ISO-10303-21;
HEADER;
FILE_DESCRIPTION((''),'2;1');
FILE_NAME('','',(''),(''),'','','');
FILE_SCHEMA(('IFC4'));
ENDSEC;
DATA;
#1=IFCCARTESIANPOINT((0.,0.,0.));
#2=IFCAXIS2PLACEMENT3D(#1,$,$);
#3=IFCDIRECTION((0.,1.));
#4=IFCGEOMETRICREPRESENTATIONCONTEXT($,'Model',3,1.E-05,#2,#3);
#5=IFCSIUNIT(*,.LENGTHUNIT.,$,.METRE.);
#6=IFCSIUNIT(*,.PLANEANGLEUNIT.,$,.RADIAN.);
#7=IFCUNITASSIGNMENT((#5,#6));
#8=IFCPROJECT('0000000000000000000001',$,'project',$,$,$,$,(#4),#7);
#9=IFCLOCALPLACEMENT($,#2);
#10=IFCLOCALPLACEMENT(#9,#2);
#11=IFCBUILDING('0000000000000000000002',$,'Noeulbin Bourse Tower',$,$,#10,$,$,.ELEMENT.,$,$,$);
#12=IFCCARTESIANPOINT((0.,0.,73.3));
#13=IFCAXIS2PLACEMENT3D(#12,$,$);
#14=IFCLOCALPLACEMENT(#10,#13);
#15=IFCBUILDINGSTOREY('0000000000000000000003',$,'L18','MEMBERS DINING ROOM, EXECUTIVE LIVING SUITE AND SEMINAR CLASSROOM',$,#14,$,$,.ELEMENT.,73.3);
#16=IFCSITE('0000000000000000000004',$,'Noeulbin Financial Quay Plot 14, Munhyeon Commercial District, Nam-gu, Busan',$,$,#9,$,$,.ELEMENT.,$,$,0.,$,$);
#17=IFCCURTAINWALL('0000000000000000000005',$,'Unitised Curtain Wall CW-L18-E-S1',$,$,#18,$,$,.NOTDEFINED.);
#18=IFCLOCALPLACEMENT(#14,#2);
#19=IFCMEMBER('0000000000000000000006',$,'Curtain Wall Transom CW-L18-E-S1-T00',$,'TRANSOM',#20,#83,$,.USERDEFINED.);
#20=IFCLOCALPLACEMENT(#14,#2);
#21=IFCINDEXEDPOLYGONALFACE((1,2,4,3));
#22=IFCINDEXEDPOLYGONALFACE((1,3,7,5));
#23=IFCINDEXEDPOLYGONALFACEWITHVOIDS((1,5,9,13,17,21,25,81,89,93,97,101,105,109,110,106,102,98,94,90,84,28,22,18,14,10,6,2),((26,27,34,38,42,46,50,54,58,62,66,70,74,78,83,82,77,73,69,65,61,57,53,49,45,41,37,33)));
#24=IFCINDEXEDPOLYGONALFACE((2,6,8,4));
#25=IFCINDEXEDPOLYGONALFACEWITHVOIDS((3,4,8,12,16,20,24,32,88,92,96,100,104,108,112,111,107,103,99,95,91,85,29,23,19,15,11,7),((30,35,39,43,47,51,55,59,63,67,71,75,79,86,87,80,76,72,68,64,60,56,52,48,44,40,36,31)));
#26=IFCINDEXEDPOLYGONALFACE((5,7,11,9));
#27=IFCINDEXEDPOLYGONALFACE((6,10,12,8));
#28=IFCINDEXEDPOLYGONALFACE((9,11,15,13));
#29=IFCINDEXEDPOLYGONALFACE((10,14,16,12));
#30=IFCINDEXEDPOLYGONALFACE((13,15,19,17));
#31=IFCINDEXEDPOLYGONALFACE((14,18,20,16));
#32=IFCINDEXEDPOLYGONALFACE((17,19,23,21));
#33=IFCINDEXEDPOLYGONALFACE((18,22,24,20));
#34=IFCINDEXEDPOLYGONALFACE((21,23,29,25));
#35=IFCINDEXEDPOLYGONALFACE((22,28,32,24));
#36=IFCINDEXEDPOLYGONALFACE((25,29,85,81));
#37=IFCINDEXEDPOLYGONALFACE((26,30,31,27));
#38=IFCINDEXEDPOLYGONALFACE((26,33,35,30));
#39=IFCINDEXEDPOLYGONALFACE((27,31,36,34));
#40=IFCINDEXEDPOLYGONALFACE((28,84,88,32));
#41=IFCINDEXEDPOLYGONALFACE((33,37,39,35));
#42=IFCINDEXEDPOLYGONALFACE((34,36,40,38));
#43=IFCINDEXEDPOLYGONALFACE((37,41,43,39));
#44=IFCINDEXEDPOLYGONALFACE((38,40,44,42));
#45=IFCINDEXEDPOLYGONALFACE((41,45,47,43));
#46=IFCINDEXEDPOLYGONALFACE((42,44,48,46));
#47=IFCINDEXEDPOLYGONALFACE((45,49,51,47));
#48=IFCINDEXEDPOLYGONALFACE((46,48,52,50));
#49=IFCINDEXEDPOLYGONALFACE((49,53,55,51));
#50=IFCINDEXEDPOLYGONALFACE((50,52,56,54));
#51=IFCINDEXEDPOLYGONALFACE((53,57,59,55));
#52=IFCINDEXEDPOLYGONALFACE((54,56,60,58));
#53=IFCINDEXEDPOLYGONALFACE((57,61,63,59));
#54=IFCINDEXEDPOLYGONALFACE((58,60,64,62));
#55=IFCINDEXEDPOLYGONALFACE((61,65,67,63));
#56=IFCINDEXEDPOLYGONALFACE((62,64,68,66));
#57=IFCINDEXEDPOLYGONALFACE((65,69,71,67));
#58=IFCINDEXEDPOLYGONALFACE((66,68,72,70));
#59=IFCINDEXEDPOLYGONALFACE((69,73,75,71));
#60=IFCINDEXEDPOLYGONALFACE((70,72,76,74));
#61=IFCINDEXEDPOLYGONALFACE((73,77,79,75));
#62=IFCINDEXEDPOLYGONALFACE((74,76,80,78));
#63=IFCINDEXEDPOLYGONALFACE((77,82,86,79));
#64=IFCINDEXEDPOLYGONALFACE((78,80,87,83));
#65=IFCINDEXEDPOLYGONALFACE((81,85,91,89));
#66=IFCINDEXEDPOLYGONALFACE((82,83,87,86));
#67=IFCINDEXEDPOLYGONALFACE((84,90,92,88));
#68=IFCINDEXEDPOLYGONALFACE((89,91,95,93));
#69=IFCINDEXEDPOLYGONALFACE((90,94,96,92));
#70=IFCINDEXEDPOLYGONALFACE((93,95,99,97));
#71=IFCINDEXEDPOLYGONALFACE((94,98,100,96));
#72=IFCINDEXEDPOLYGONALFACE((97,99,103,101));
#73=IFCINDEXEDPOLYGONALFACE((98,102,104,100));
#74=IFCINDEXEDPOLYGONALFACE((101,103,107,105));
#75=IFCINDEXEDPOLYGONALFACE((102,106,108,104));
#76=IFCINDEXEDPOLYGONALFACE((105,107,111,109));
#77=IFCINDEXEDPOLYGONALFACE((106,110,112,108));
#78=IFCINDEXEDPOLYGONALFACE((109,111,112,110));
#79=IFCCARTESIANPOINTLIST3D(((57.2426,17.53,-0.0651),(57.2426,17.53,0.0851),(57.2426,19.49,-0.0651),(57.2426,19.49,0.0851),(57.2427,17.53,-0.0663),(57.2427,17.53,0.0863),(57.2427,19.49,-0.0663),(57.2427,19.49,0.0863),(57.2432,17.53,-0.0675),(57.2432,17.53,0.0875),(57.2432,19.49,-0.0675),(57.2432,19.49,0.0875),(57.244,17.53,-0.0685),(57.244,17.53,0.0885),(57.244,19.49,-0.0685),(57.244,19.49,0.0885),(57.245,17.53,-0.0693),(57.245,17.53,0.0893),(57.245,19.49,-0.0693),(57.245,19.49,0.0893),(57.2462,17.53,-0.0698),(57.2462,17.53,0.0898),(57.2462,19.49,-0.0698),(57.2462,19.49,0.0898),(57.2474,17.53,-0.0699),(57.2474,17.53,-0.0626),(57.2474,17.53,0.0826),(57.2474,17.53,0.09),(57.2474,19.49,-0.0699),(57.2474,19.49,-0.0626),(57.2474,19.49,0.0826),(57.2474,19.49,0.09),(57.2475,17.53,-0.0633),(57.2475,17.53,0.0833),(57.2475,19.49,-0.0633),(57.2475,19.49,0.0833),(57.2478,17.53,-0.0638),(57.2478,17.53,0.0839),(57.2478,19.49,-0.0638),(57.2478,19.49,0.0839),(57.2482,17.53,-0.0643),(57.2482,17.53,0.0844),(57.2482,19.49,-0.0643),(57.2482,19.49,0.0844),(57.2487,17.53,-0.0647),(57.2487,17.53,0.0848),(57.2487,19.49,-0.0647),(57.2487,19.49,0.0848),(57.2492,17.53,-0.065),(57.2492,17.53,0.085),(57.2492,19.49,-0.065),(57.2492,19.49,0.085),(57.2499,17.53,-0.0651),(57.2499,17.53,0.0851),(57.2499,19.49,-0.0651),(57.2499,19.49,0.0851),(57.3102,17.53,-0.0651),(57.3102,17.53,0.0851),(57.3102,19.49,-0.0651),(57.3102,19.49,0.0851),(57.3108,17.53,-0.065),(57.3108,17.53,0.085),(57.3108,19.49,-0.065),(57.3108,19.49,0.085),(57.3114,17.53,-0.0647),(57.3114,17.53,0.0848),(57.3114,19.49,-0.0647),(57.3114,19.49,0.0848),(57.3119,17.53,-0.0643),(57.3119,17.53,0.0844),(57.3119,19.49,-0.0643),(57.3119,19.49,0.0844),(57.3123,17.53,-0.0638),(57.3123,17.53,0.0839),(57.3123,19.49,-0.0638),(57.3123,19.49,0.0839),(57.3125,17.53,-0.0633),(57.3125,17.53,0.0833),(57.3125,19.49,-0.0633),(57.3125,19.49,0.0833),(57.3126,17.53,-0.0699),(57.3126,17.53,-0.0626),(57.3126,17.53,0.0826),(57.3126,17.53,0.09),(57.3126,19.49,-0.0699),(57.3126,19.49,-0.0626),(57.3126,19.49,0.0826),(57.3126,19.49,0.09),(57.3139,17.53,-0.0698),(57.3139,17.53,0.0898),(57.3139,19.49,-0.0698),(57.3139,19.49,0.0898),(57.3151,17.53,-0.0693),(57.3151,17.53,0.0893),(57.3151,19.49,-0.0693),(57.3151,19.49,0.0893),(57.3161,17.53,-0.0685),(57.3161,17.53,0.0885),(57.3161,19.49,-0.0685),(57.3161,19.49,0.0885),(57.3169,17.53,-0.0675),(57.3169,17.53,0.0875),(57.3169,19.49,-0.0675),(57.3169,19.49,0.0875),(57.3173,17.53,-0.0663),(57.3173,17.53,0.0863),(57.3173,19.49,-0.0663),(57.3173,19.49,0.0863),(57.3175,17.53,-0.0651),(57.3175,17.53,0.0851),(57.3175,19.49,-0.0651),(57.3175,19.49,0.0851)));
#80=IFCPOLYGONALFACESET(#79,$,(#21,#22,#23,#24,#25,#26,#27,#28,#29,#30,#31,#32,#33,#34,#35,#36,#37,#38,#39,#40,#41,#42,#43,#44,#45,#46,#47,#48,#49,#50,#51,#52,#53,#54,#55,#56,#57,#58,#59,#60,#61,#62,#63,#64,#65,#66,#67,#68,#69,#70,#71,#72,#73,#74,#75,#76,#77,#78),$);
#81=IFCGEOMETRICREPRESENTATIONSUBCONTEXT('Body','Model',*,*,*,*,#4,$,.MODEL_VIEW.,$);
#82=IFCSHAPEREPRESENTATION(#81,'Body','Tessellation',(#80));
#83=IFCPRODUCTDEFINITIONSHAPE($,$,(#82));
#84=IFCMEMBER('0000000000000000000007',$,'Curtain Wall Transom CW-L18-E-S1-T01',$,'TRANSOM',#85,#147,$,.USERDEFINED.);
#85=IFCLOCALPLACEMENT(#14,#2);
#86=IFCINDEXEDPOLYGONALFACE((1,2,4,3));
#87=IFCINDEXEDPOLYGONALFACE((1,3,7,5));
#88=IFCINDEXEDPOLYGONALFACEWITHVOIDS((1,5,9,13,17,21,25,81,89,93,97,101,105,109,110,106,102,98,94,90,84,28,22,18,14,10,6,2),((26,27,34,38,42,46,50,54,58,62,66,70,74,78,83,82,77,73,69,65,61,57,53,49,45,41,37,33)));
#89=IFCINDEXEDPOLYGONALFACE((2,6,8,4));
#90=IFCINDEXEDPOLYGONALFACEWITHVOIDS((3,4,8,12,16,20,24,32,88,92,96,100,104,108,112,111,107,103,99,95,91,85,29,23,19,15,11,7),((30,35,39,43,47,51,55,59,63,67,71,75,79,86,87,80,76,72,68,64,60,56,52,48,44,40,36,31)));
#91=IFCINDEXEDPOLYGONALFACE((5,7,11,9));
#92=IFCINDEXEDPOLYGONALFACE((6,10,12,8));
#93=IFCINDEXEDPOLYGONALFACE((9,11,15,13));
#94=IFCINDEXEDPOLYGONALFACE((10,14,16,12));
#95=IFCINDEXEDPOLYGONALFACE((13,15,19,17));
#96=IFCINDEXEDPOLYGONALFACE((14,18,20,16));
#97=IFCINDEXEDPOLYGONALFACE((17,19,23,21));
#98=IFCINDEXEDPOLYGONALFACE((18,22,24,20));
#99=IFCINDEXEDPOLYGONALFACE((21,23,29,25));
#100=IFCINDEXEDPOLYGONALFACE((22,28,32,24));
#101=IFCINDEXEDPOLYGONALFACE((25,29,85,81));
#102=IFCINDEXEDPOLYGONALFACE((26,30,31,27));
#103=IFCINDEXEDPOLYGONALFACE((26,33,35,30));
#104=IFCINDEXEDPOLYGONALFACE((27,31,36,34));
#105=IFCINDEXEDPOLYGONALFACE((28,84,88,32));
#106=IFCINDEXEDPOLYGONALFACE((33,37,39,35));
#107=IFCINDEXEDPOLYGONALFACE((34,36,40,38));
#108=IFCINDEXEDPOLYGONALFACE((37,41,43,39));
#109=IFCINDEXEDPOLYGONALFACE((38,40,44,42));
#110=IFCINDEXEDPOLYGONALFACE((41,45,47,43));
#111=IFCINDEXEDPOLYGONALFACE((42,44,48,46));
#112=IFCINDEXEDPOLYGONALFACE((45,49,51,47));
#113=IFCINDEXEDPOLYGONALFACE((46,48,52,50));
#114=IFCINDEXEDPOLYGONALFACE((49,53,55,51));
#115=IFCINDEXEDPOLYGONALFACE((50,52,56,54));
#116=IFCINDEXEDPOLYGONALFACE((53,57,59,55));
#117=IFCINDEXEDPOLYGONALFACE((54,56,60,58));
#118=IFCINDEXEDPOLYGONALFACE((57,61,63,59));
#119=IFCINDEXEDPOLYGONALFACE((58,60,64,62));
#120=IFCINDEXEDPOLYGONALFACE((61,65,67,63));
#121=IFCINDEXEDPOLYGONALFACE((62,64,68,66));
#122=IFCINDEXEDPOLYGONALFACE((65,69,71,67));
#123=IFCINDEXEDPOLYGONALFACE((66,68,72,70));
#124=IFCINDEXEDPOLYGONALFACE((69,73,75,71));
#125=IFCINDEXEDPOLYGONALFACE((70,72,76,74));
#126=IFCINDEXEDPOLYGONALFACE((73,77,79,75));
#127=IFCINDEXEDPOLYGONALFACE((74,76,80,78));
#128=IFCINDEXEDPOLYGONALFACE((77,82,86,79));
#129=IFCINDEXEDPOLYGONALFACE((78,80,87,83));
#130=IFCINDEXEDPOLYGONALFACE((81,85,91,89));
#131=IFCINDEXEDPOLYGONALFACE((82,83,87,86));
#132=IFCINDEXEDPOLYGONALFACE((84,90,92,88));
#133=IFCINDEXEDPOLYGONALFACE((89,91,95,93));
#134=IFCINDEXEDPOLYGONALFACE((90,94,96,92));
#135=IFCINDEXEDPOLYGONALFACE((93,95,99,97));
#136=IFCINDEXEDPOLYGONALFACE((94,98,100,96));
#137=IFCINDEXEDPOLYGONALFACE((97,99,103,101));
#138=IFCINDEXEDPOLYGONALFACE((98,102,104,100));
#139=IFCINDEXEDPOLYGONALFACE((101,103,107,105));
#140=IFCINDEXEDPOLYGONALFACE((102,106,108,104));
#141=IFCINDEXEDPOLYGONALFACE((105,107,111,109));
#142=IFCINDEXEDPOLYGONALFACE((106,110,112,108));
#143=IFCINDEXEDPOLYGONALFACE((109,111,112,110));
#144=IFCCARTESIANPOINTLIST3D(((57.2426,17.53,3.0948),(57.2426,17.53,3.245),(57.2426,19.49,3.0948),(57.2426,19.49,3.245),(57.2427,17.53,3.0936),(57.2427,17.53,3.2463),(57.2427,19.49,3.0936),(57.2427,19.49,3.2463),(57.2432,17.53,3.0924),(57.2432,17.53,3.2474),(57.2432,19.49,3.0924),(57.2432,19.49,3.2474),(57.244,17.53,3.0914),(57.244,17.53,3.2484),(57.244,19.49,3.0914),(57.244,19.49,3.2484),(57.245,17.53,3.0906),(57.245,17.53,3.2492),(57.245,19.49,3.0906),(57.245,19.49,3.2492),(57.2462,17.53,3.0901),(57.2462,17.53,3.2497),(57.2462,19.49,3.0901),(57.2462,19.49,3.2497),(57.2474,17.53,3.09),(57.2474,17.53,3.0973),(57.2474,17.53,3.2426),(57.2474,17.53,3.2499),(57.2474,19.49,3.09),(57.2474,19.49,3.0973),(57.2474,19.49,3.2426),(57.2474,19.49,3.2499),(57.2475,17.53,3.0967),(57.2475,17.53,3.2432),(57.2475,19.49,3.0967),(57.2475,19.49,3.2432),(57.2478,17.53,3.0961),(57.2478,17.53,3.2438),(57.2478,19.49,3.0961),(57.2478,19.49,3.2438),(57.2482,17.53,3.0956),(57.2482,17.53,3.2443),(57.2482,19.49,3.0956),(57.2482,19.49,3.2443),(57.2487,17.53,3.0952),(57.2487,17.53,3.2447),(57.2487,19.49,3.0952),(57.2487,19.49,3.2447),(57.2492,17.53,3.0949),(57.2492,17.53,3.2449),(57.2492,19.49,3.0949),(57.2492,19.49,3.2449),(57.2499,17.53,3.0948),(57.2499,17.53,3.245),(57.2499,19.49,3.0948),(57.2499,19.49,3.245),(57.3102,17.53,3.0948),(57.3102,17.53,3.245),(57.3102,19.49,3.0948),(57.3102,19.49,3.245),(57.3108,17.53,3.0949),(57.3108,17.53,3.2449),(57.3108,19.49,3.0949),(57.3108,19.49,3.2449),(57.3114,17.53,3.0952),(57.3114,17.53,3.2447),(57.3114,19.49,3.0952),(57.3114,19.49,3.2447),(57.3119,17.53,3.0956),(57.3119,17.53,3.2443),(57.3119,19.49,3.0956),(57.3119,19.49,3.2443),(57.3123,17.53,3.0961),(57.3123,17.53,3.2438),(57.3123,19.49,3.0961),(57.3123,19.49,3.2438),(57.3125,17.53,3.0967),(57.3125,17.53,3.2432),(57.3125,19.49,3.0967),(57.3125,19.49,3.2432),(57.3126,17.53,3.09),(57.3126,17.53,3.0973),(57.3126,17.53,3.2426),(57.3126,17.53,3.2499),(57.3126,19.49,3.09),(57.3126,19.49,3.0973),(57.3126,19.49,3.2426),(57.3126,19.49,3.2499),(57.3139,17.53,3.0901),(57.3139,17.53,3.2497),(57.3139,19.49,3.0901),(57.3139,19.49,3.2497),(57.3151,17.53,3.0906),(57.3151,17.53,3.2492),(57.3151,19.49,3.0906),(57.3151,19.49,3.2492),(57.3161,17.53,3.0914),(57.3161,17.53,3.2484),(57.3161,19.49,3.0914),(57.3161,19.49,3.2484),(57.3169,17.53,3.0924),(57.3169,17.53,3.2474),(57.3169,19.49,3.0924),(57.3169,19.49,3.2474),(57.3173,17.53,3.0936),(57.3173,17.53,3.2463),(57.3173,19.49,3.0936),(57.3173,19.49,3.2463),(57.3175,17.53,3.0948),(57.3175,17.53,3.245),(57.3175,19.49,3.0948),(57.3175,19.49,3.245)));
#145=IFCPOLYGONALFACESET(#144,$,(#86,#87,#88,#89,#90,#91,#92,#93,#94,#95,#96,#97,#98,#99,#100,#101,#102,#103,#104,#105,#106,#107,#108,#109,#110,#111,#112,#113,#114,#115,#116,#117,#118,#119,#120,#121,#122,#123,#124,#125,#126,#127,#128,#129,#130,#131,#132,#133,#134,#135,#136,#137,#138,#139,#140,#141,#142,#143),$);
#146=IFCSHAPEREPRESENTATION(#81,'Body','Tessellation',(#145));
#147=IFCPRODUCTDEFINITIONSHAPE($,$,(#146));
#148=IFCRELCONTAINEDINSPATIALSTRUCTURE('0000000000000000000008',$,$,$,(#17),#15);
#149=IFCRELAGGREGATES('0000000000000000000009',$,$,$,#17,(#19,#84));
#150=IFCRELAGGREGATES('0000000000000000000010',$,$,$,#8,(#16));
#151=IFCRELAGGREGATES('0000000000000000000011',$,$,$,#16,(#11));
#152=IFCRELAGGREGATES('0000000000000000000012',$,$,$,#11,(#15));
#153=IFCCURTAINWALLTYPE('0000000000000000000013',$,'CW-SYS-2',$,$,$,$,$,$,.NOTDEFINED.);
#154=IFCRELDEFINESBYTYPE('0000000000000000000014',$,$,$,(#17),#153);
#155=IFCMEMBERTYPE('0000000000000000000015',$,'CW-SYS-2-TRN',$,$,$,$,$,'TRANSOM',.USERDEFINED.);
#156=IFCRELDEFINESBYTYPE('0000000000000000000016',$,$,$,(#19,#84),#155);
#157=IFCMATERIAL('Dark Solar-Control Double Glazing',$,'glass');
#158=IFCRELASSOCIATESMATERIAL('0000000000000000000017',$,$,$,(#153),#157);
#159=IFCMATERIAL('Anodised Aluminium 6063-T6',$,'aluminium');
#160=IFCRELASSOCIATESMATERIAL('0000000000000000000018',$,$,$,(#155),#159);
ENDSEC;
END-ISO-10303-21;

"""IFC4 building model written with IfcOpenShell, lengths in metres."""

from ifc_helpers import new_model, si_unit, direction, frame, origin, origin_2d, place, context, subcontext, project, spatial, hollow_rectangle, extrude, material, material_profile, profile_set, type_object, element, aggregate, save


model = new_model("IFC4")

# Units and contexts
model_context = context("Model", 3, precision=1e-05, world=origin(), true_north=direction((0.0, 1.0)))
body_context = subcontext(model_context, "Body", "Model", "MODEL_VIEW")
ifc_project = project(units=[si_unit("LENGTHUNIT", "METRE"), si_unit("PLANEANGLEUNIT", "RADIAN")], contexts=[model_context])

# Site, building, storey
site_placement = place(None, origin())
site = spatial("IfcSite", under=ifc_project, at=site_placement, Name="Noeulbin Financial Quay Plot 14, Munhyeon Commercial District, Nam-gu, Busan", CompositionType="ELEMENT", RefElevation=0.0)
building_placement = place(site_placement, origin())
building = spatial("IfcBuilding", under=site, at=building_placement, Name="Noeulbin Bourse Tower", CompositionType="ELEMENT")
storey_placement = place(building_placement, frame((0.0, 0.0, 73.3)))
storey = spatial("IfcBuildingStorey", under=building, at=storey_placement, Name="L18", Description="MEMBERS DINING ROOM, EXECUTIVE LIVING SUITE AND SEMINAR CLASSROOM", CompositionType="ELEMENT", Elevation=73.3)

# Curtain wall
ifc_material_1 = material(Name="Dark Solar-Control Double Glazing", Category="glass")
curtain_wall_type = type_object("IfcCurtainWallType", Name="CW-SYS-2", PredefinedType="NOTDEFINED", material=ifc_material_1)
ifc_material_2 = material(Name="Anodised Aluminium 6063-T6", Category="aluminium")
curtain_wall_1_placement = place(storey_placement, origin())
curtain_wall_1 = element("IfcCurtainWall", 1, at=curtain_wall_1_placement, inside=storey, type_object=curtain_wall_type, Name="Unitised Curtain Wall CW-L18-E-S1", PredefinedType="NOTDEFINED")

# Members
ifc_material_profile_1 = material_profile(ifc_material_2, hollow_rectangle(XDim=0.075, YDim=0.1599, WallThickness=0.0049, InnerFilletRadius=0.0024, OuterFilletRadius=0.0049, at=origin_2d()), Name="ALU-TRAN-75x160x5", Category="LoadBearing")
ifc_profile_set_1 = profile_set([ifc_material_profile_1], Name="Anodised Aluminium 6063-T6")
member_type_1 = type_object("IfcMemberType", Name="CW-SYS-2-TRN", ElementType="TRANSOM", PredefinedType="USERDEFINED", material=ifc_profile_set_1)
member_1_placement = place(storey_placement, frame((57.28, 17.53, 0.01), z_axis=(0.0, 1.0, 0.0), x_axis=(-1.0, 0.0, 0.0)))
member_1 = element("IfcMember", 2, at=member_1_placement, type_object=member_type_1, Name="Curtain Wall Transom CW-L18-E-S1-T00", ObjectType="TRANSOM", PredefinedType="USERDEFINED", context=body_context, shape_type="SweptSolid", body=[
    extrude(hollow_rectangle(XDim=0.075, YDim=0.1599, WallThickness=0.0049, InnerFilletRadius=0.0024, OuterFilletRadius=0.0049, at=origin_2d()), origin(), (0.0, 0.0, 1.0), 1.96),
])
member_2_placement = place(storey_placement, frame((57.28, 17.53, 3.1699), z_axis=(0.0, 1.0, 0.0), x_axis=(-1.0, 0.0, 0.0)))
member_2 = element("IfcMember", 3, at=member_2_placement, type_object=member_type_1, Name="Curtain Wall Transom CW-L18-E-S1-T01", ObjectType="TRANSOM", PredefinedType="USERDEFINED", context=body_context, shape_type="SweptSolid", body=[
    extrude(hollow_rectangle(XDim=0.075, YDim=0.1599, WallThickness=0.0049, InnerFilletRadius=0.0024, OuterFilletRadius=0.0049, at=origin_2d()), origin(), (0.0, 0.0, 1.0), 1.96),
])

aggregate(curtain_wall_1, [member_1, member_2])

save(model, "model.ifc")
